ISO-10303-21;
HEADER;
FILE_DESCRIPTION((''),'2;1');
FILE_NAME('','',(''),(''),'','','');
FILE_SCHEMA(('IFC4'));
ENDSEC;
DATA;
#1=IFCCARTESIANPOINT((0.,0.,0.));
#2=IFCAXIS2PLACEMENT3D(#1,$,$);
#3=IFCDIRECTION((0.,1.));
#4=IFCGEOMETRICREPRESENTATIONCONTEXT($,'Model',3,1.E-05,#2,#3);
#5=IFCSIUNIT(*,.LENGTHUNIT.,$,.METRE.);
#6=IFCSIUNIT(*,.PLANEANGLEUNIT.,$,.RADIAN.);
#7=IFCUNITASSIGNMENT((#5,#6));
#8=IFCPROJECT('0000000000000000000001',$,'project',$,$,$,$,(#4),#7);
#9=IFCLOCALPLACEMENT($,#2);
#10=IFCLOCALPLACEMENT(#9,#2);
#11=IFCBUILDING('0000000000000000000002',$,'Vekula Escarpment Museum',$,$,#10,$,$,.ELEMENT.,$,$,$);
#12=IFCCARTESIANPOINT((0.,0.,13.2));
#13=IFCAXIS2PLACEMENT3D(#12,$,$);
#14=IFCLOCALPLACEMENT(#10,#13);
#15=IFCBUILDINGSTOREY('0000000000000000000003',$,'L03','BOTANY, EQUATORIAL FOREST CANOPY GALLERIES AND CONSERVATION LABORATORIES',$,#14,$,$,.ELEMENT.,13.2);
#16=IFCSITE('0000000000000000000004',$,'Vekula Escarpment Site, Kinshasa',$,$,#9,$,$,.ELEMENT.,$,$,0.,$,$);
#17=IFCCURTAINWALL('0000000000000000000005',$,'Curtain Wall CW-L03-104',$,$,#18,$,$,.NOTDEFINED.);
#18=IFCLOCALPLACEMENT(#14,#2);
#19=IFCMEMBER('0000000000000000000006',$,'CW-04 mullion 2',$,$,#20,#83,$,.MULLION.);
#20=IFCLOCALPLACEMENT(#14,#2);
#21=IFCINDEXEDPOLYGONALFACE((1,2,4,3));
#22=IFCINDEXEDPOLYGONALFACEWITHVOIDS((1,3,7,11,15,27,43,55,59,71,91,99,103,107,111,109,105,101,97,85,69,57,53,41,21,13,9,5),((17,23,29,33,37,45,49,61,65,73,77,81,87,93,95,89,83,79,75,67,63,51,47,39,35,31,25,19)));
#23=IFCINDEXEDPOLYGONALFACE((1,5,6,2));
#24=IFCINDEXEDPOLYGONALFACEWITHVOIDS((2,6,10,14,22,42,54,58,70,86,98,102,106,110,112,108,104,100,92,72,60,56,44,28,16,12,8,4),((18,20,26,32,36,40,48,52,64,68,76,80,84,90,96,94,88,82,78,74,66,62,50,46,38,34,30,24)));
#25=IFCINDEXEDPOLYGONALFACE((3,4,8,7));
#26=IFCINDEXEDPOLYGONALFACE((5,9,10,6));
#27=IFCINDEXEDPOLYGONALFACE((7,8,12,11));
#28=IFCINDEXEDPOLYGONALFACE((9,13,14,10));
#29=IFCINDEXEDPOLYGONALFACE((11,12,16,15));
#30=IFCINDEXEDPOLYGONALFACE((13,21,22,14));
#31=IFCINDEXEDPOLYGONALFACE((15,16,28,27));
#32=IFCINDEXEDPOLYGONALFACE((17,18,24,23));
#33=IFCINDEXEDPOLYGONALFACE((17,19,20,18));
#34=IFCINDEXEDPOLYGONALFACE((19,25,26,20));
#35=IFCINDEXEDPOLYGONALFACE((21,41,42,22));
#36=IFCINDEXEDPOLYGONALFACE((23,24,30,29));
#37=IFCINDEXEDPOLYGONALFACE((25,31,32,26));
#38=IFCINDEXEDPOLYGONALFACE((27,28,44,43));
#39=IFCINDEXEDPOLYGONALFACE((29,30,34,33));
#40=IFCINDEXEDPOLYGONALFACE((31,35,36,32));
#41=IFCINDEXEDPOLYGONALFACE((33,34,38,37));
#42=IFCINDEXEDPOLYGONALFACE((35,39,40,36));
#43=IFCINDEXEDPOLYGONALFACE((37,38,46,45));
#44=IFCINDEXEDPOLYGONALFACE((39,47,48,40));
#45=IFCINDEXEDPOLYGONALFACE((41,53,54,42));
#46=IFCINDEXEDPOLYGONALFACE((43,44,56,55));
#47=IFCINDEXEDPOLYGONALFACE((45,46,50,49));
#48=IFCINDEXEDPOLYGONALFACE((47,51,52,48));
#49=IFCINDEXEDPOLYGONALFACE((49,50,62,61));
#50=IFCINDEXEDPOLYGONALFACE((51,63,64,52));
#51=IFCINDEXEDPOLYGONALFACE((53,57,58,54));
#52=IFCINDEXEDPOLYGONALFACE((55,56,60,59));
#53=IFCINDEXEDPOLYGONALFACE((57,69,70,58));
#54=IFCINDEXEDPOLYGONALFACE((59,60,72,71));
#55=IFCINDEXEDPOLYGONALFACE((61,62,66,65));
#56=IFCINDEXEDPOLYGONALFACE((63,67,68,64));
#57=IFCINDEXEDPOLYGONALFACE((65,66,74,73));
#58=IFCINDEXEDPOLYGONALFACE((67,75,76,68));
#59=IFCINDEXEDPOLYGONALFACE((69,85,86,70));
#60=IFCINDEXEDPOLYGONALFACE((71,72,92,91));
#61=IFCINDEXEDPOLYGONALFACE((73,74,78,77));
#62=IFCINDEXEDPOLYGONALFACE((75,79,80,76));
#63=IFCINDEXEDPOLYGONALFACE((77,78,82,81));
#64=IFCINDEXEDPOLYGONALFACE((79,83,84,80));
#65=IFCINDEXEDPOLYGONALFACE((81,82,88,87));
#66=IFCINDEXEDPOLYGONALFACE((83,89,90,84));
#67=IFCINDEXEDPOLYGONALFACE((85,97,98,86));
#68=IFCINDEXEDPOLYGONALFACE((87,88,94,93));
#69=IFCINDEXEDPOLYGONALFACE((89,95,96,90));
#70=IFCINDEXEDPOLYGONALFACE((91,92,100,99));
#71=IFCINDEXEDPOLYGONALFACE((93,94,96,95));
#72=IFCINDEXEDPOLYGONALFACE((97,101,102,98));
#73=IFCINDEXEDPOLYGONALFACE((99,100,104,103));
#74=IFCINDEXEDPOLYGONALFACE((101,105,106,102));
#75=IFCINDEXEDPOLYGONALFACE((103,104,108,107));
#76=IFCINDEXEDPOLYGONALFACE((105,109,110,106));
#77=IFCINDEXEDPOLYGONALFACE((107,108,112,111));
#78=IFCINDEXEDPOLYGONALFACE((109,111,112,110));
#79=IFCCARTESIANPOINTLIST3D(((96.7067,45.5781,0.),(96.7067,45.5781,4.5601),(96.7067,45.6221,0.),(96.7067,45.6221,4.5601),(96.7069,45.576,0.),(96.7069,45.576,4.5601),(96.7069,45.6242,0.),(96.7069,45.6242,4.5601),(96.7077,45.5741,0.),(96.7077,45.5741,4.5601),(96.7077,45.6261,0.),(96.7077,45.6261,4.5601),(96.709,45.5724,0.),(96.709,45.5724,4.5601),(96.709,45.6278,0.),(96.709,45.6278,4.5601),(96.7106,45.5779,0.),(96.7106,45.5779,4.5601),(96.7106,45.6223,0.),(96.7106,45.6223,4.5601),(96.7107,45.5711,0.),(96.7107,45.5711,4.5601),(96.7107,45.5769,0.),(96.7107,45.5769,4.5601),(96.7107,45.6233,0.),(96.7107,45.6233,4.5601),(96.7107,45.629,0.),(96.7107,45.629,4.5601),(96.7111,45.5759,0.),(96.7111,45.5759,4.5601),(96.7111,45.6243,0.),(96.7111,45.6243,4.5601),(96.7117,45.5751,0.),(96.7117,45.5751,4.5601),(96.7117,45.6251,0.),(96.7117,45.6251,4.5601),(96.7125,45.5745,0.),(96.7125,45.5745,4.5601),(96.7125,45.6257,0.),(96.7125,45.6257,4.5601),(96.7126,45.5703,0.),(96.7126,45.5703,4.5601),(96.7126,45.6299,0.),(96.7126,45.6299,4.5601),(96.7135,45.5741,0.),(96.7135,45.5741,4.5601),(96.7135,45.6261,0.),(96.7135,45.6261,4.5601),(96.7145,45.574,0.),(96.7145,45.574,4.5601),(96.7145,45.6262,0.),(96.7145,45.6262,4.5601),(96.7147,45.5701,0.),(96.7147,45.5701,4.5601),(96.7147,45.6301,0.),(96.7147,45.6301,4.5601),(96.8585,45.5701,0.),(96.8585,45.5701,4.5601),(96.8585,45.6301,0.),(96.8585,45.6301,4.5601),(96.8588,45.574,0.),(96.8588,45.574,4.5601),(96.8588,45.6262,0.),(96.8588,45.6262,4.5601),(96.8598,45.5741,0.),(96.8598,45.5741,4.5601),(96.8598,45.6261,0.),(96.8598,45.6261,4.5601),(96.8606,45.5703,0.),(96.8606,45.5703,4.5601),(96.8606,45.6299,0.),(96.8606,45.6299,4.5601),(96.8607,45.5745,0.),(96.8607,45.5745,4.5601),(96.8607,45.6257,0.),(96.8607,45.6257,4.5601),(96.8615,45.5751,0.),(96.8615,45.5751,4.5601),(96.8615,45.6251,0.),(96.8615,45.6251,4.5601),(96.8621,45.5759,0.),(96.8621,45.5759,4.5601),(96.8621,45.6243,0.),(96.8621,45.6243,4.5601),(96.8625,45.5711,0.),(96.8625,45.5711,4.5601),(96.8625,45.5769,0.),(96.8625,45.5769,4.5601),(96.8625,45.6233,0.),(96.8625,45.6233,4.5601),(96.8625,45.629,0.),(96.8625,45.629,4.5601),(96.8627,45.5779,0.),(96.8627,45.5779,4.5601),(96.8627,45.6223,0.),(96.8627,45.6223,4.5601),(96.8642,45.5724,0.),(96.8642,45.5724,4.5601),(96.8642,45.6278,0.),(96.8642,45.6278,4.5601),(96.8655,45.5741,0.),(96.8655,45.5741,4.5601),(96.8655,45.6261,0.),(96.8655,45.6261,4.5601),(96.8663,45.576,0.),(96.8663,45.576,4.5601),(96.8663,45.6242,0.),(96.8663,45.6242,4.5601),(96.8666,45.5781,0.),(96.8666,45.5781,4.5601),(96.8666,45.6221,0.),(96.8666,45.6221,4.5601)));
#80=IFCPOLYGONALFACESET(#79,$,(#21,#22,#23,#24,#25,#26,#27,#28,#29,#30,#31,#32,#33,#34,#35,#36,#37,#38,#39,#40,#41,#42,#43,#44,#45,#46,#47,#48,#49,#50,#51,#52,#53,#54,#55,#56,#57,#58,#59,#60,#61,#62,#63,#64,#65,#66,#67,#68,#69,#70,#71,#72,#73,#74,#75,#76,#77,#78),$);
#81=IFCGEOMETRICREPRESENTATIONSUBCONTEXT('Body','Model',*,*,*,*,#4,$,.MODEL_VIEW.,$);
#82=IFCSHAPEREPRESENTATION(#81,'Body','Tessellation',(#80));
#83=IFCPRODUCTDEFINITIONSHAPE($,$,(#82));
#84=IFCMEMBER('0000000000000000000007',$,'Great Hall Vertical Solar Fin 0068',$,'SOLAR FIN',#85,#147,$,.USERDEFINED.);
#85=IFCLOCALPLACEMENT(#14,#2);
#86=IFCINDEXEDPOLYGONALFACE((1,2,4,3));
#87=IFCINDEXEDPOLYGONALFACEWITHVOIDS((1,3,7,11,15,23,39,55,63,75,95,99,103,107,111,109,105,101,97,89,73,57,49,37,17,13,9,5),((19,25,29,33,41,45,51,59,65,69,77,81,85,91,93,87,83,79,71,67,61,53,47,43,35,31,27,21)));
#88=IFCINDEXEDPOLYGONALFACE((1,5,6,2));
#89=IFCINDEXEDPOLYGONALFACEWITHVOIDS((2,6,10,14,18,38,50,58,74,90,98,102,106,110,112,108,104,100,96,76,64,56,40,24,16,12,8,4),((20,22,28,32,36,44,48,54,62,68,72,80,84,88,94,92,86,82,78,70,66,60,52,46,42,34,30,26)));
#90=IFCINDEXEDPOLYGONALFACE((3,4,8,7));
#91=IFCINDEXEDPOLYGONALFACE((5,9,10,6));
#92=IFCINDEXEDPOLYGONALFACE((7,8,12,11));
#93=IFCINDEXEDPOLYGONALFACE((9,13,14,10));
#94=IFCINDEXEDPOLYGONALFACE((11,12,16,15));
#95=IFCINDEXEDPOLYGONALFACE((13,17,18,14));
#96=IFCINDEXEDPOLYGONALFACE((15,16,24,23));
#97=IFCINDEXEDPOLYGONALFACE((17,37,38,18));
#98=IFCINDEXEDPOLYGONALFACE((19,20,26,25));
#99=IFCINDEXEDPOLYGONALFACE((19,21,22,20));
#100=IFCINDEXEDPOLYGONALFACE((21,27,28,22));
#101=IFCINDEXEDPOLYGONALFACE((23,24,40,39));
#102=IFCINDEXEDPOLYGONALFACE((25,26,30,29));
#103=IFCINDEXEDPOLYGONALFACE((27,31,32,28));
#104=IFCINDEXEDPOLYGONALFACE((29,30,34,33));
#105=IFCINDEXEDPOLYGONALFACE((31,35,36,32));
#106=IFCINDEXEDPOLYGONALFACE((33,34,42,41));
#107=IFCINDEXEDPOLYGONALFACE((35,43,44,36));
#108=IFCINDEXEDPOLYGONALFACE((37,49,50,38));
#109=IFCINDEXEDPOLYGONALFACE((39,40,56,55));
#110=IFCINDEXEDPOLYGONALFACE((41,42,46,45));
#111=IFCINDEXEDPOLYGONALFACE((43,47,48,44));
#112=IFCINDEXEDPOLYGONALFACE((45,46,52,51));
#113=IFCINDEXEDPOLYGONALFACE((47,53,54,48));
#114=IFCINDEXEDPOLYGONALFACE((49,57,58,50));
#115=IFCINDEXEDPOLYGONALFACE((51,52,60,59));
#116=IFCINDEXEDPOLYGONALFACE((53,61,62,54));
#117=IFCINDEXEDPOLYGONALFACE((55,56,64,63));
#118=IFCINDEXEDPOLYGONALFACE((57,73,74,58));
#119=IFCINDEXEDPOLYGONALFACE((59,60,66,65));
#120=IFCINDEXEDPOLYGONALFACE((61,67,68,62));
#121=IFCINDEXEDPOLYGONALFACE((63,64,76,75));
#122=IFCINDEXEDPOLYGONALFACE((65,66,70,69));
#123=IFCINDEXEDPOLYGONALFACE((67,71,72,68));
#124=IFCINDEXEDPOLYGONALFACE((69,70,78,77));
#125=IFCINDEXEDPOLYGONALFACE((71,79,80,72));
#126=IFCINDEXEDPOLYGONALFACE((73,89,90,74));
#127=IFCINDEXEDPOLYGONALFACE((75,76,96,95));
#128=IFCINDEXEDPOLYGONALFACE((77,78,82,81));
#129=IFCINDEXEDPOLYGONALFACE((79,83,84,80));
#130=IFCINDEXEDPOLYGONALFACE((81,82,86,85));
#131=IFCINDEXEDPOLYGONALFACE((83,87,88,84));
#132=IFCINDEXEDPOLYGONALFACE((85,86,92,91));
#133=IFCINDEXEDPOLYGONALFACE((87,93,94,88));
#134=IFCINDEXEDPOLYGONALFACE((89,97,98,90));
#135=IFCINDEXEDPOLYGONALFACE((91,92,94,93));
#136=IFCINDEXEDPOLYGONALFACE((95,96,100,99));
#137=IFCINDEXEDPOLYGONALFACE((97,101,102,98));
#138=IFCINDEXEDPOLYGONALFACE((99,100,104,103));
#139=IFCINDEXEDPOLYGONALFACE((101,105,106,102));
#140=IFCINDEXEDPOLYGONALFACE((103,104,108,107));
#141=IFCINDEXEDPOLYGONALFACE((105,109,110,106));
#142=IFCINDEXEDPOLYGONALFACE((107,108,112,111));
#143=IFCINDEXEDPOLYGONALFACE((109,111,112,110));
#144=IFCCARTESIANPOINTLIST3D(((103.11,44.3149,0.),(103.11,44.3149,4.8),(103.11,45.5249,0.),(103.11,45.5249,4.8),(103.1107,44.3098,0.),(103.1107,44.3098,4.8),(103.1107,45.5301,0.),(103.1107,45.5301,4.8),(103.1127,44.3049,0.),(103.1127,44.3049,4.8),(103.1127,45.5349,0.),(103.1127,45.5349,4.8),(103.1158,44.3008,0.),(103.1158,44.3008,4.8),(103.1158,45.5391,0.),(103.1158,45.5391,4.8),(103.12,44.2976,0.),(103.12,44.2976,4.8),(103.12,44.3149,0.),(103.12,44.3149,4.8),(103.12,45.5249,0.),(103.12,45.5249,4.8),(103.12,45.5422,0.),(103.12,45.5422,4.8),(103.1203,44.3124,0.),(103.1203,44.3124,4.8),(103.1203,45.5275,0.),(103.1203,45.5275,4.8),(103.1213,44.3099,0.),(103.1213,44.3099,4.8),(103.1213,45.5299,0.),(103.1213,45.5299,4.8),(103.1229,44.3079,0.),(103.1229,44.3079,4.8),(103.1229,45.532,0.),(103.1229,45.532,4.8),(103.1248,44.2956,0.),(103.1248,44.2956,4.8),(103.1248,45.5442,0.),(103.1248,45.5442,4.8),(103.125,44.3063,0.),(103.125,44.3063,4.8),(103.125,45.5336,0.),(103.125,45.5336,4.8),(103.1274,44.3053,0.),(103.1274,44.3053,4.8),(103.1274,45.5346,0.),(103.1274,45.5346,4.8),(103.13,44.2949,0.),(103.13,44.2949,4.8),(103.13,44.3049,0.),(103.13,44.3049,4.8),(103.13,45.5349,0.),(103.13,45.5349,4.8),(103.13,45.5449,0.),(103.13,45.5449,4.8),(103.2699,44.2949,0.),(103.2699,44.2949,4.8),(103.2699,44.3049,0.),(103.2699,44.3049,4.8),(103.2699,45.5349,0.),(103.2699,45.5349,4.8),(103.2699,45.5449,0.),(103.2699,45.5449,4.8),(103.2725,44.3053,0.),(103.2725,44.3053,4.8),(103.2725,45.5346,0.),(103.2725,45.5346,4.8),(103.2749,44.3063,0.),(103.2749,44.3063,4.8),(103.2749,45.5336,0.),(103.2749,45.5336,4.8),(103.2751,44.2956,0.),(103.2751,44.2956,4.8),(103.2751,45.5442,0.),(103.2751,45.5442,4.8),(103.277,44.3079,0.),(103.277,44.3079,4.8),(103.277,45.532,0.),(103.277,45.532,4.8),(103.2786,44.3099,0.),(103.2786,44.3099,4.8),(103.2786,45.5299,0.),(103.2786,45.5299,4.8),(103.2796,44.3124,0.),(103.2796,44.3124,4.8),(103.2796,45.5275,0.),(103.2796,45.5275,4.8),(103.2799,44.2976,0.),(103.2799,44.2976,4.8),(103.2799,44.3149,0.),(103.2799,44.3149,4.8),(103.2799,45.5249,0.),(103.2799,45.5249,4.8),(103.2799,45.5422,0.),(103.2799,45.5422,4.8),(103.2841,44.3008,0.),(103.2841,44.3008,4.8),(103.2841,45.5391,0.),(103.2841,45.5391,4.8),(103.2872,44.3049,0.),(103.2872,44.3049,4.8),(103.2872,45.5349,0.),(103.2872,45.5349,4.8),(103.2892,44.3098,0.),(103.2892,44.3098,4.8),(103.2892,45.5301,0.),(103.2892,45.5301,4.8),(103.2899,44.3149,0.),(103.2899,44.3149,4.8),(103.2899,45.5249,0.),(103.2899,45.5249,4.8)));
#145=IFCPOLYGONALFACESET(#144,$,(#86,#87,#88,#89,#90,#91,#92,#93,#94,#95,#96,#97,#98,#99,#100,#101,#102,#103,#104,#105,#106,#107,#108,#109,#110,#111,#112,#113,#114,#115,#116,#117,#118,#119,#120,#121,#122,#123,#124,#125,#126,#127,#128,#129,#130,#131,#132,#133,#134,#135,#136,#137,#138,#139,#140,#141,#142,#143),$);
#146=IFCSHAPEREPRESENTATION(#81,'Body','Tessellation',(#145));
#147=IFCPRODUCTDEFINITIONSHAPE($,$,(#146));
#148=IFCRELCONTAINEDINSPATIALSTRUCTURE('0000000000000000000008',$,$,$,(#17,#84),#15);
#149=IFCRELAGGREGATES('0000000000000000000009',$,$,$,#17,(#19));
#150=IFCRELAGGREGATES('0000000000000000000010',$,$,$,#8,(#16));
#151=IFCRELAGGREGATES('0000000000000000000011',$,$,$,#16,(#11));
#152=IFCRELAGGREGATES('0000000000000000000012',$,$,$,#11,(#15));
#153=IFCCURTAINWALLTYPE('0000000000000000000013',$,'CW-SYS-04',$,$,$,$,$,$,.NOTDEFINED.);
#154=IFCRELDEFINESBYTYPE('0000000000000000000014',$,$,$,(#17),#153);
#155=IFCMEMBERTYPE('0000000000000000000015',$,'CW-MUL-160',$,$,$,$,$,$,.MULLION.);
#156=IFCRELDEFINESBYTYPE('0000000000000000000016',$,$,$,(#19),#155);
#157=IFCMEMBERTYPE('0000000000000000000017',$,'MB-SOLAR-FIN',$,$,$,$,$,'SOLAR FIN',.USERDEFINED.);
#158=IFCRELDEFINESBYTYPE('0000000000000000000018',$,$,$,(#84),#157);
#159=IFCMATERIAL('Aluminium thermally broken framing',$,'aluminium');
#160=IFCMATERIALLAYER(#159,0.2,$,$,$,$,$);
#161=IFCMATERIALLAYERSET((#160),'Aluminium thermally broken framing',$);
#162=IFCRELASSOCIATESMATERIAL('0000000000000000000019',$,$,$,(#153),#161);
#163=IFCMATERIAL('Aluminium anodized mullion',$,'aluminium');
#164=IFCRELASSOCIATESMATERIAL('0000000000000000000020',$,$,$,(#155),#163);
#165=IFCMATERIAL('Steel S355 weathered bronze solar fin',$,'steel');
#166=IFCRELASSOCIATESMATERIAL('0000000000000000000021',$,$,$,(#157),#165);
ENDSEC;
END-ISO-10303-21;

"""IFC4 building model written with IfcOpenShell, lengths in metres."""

from ifc_helpers import new_model, si_unit, direction, frame, origin, origin_2d, place, context, subcontext, project, spatial, hollow_rectangle, extrude, material, layer, layer_set, material_profile, profile_set, type_object, element, aggregate, save


model = new_model("IFC4")

# Units and contexts
model_context = context("Model", 3, precision=1e-05, world=origin(), true_north=direction((0.0, 1.0)))
body_context = subcontext(model_context, "Body", "Model", "MODEL_VIEW")
ifc_project = project(units=[si_unit("LENGTHUNIT", "METRE"), si_unit("PLANEANGLEUNIT", "RADIAN")], contexts=[model_context])

# Site, building, storey
site_placement = place(None, origin())
site = spatial("IfcSite", under=ifc_project, at=site_placement, Name="Vekula Escarpment Site, Kinshasa", CompositionType="ELEMENT", RefElevation=0.0)
building_placement = place(site_placement, origin())
building = spatial("IfcBuilding", under=site, at=building_placement, Name="Vekula Escarpment Museum", CompositionType="ELEMENT")
storey_placement = place(building_placement, frame((0.0, 0.0, 13.2)))
storey = spatial("IfcBuildingStorey", under=building, at=storey_placement, Name="L03", Description="BOTANY, EQUATORIAL FOREST CANOPY GALLERIES AND CONSERVATION LABORATORIES", CompositionType="ELEMENT", Elevation=13.2)

# Curtain wall, member
ifc_material_1 = material(Name="Aluminium thermally broken framing", Category="aluminium")
ifc_layer_1 = layer(ifc_material_1, 0.2)
ifc_layer_set_1 = layer_set([ifc_layer_1], Name="Aluminium thermally broken framing")
curtain_wall_type = type_object("IfcCurtainWallType", Name="CW-SYS-04", PredefinedType="NOTDEFINED", material=ifc_layer_set_1)
curtain_wall_placement = place(storey_placement, origin())
curtain_wall = element("IfcCurtainWall", 1, at=curtain_wall_placement, inside=storey, type_object=curtain_wall_type, Name="Curtain Wall CW-L03-104", PredefinedType="NOTDEFINED")
ifc_material_2 = material(Name="Aluminium anodized mullion", Category="aluminium")
ifc_material_profile_1 = material_profile(ifc_material_2, hollow_rectangle(XDim=0.0601, YDim=0.1599, WallThickness=0.0039, InnerFilletRadius=0.0039, OuterFilletRadius=0.0081, at=origin_2d()), Name="ALU 160x60x4")
ifc_profile_set_1 = profile_set([ifc_material_profile_1], Name="Aluminium anodized mullion")
member_type_1 = type_object("IfcMemberType", Name="CW-MUL-160", PredefinedType="MULLION", material=ifc_profile_set_1)
member_placement = place(storey_placement, frame((96.7866, 45.6001, 0.0), z_axis=(0.0, 0.0, 1.0), x_axis=(0.0, 1.0, 0.0)))
member = element("IfcMember", 2, at=member_placement, type_object=member_type_1, Name="CW-04 mullion 2", PredefinedType="MULLION", context=body_context, shape_type="SweptSolid", body=[
    extrude(hollow_rectangle(XDim=0.0601, YDim=0.1599, WallThickness=0.0039, InnerFilletRadius=0.0039, OuterFilletRadius=0.0081, at=origin_2d()), origin(), (0.0, 0.0, 1.0), 4.5601),
])

# Member
ifc_material_3 = material(Name="Steel S355 weathered bronze solar fin", Category="steel")
ifc_material_profile_2 = material_profile(ifc_material_3, hollow_rectangle(XDim=0.1799, YDim=1.25, WallThickness=0.01, InnerFilletRadius=0.01, OuterFilletRadius=0.02, at=origin_2d()), Name="RHS 1250x180x10")
ifc_profile_set_2 = profile_set([ifc_material_profile_2], Name="Steel S355 weathered bronze solar fin")
member_type_2 = type_object("IfcMemberType", Name="MB-SOLAR-FIN", ElementType="SOLAR FIN", PredefinedType="USERDEFINED", material=ifc_profile_set_2)
for number, where, z_axis, x_axis, name in (
    (3, (103.2, 44.9199, 0.0), (0.0, 0.0, 1.0), (1.0, 0.0, 0.0), "Great Hall Vertical Solar Fin 0068"),
):
    element("IfcMember", number, at=place(storey_placement, frame(where, z_axis=z_axis, x_axis=x_axis)), inside=storey, type_object=member_type_2, Name=name, ObjectType="SOLAR FIN", PredefinedType="USERDEFINED", context=body_context, shape_type="SweptSolid", body=[
        extrude(hollow_rectangle(XDim=0.1799, YDim=1.25, WallThickness=0.01, InnerFilletRadius=0.01, OuterFilletRadius=0.02, at=origin_2d()), origin(), (0.0, 0.0, 1.0), 4.8),
    ])

aggregate(curtain_wall, [member])

save(model, "model.ifc")
